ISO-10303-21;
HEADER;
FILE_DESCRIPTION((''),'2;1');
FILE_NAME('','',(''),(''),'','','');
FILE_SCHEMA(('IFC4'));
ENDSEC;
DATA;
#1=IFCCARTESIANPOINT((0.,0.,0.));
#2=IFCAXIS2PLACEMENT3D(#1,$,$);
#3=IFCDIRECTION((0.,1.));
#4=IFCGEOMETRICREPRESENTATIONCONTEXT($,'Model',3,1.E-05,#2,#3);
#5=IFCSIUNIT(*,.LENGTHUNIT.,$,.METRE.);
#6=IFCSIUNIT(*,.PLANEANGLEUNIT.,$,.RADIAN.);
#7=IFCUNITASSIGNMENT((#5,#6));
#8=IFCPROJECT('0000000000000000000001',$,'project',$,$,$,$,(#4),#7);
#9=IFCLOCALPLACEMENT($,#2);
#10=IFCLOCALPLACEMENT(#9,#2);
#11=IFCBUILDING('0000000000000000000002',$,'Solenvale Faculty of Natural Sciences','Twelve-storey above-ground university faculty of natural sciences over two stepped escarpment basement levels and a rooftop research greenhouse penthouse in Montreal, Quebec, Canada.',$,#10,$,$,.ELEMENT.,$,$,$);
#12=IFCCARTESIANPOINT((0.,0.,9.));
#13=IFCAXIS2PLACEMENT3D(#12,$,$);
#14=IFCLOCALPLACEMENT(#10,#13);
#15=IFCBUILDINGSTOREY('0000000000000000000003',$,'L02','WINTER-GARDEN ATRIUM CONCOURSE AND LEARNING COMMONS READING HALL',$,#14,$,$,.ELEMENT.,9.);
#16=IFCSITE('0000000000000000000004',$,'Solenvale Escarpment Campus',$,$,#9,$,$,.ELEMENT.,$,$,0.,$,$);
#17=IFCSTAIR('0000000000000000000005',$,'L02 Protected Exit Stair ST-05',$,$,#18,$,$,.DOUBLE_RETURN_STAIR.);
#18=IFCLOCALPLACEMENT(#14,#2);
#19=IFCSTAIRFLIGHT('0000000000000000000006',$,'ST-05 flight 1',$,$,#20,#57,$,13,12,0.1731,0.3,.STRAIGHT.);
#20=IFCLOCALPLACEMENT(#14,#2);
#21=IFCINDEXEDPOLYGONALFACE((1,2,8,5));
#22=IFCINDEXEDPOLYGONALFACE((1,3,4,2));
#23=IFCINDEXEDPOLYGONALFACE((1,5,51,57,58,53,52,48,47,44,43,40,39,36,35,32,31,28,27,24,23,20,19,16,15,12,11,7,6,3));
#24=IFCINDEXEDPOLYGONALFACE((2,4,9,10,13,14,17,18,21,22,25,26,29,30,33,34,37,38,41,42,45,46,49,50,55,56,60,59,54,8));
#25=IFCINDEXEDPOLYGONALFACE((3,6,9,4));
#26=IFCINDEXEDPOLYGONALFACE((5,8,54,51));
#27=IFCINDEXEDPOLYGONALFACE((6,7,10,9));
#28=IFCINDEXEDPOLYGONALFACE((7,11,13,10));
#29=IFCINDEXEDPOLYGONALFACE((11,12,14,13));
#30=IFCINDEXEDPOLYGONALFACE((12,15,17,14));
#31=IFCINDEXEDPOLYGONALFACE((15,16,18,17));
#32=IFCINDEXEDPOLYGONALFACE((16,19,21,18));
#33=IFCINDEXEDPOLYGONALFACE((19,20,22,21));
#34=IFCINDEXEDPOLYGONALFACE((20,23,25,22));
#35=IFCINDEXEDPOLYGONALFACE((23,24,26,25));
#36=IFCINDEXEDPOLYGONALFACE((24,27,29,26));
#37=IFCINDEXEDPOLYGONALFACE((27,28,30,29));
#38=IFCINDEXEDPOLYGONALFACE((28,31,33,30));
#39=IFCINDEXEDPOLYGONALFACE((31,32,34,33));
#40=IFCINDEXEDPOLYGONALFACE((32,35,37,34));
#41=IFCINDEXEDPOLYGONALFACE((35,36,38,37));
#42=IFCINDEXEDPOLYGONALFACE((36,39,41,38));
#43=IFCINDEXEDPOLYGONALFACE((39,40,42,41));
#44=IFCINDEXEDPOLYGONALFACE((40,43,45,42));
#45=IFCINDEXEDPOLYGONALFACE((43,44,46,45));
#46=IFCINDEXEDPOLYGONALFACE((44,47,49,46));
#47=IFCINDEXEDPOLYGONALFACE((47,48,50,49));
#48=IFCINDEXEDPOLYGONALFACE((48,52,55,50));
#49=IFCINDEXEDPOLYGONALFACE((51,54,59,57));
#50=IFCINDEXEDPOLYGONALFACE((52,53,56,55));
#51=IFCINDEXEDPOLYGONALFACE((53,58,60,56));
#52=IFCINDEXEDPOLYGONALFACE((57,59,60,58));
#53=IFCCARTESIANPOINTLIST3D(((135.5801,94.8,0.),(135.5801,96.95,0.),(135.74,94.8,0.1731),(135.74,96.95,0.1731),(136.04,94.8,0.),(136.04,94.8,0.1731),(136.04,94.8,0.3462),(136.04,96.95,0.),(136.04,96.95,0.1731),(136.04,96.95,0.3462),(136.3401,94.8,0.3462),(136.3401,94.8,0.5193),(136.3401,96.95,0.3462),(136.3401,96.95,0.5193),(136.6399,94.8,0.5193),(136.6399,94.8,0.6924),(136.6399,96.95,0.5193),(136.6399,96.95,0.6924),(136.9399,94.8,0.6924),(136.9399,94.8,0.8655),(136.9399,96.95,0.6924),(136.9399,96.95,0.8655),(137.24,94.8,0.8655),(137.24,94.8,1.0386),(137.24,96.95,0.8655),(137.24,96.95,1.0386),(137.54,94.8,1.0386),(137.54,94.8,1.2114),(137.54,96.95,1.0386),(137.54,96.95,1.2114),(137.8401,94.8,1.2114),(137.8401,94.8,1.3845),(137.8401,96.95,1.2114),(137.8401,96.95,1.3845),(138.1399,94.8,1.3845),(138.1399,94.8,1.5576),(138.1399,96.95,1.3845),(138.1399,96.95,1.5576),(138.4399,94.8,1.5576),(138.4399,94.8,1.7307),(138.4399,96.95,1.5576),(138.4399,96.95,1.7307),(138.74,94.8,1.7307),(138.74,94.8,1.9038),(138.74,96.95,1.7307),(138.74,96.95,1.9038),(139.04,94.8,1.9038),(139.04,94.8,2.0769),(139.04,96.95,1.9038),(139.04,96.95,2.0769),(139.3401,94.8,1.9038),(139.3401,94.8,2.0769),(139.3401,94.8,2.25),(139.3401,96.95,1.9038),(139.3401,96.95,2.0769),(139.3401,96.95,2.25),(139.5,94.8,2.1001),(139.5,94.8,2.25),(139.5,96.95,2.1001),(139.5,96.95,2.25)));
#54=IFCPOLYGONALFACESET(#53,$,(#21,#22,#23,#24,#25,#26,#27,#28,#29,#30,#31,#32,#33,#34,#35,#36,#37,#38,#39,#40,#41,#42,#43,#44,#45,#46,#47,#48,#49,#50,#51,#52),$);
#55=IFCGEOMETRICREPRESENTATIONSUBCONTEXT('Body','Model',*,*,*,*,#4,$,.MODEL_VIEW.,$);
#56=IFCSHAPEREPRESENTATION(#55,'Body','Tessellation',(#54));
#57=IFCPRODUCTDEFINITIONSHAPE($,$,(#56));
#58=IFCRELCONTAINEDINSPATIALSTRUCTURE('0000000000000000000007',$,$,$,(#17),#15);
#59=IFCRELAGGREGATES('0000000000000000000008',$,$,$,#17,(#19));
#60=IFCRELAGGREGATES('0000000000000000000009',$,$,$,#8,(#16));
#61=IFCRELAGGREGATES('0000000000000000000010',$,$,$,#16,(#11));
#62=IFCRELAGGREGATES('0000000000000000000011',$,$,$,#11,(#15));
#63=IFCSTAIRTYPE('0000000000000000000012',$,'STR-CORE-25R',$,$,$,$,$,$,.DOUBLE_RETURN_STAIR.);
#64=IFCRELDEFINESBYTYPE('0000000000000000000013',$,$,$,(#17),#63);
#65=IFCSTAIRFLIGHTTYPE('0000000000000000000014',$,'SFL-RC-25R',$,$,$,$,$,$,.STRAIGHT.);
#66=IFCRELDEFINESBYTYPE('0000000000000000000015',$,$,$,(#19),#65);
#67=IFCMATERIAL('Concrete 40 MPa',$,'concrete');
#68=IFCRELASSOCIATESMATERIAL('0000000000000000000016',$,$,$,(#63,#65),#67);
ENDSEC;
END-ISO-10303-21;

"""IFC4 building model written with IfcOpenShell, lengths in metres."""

from ifc_helpers import new_model, si_unit, direction, frame, origin, place, context, subcontext, project, spatial, polyline, outline, extrude, material, type_object, element, aggregate, save


model = new_model("IFC4")

# Units and contexts
model_context = context("Model", 3, precision=1e-05, world=origin(), true_north=direction((0.0, 1.0)))
body_context = subcontext(model_context, "Body", "Model", "MODEL_VIEW")
ifc_project = project(units=[si_unit("LENGTHUNIT", "METRE"), si_unit("PLANEANGLEUNIT", "RADIAN")], contexts=[model_context])

# Site, building, storey
site_placement = place(None, origin())
site = spatial("IfcSite", under=ifc_project, at=site_placement, Name="Solenvale Escarpment Campus", CompositionType="ELEMENT", RefElevation=0.0)
building_placement = place(site_placement, origin())
building = spatial("IfcBuilding", under=site, at=building_placement, Name="Solenvale Faculty of Natural Sciences", Description="Twelve-storey above-ground university faculty of natural sciences over two stepped escarpment basement levels and a rooftop research greenhouse penthouse in Montreal, Quebec, Canada.", CompositionType="ELEMENT")
storey_placement = place(building_placement, frame((0.0, 0.0, 9.0)))
storey = spatial("IfcBuildingStorey", under=building, at=storey_placement, Name="L02", Description="WINTER-GARDEN ATRIUM CONCOURSE AND LEARNING COMMONS READING HALL", CompositionType="ELEMENT", Elevation=9.0)

# Shared definitions
ifc_material_1 = material(Name="Concrete 40 MPa", Category="concrete")

# Stair, stair flight
stair_type = type_object("IfcStairType", Name="STR-CORE-25R", PredefinedType="DOUBLE_RETURN_STAIR", material=ifc_material_1)
stair_placement = place(storey_placement, origin())
stair = element("IfcStair", 1, at=stair_placement, inside=storey, type_object=stair_type, Name="L02 Protected Exit Stair ST-05", PredefinedType="DOUBLE_RETURN_STAIR")
stair_flight_type = type_object("IfcStairFlightType", Name="SFL-RC-25R", PredefinedType="STRAIGHT", material=ifc_material_1)
stair_flight_placement = place(storey_placement, frame((135.74, 95.875, 0.0), z_axis=(0.0, 0.0, 1.0), x_axis=(1.0, 0.0, 0.0)))
stair_flight = element("IfcStairFlight", 2, at=stair_flight_placement, type_object=stair_flight_type, Name="ST-05 flight 1", NumberOfRisers=13, NumberOfTreads=12, PredefinedType="STRAIGHT", RiserHeight=0.1731, TreadLength=0.3, context=body_context, shape_type="SweptSolid", body=[
    extrude(outline(polyline([(-0.1599, 0.0), (0.0, 0.1731), (0.3, 0.1731), (0.3, 0.3462), (0.6001, 0.3462), (0.6001, 0.5193), (0.8999, 0.5193), (0.8999, 0.6924), (1.2, 0.6924), (1.2, 0.8655), (1.5, 0.8655), (1.5, 1.0386), (1.8, 1.0386), (1.8, 1.2114), (2.1001, 1.2114), (2.1001, 1.3845), (2.3999, 1.3845), (2.3999, 1.5576), (2.7, 1.5576), (2.7, 1.7307), (3.0, 1.7307), (3.0, 1.9038), (3.3, 1.9038), (3.3, 2.0769), (3.6001, 2.0769), (3.6001, 2.25), (3.76, 2.25), (3.76, 2.1001), (3.6001, 1.9038), (0.3, 0.0), (-0.1599, 0.0)])), frame((0.0, 1.075, 0.0), z_axis=(0.0, -1.0, 0.0), x_axis=(1.0, 0.0, 0.0)), (0.0, 0.0, 1.0), 2.1499),
])
aggregate(stair, [stair_flight])

save(model, "model.ifc")
